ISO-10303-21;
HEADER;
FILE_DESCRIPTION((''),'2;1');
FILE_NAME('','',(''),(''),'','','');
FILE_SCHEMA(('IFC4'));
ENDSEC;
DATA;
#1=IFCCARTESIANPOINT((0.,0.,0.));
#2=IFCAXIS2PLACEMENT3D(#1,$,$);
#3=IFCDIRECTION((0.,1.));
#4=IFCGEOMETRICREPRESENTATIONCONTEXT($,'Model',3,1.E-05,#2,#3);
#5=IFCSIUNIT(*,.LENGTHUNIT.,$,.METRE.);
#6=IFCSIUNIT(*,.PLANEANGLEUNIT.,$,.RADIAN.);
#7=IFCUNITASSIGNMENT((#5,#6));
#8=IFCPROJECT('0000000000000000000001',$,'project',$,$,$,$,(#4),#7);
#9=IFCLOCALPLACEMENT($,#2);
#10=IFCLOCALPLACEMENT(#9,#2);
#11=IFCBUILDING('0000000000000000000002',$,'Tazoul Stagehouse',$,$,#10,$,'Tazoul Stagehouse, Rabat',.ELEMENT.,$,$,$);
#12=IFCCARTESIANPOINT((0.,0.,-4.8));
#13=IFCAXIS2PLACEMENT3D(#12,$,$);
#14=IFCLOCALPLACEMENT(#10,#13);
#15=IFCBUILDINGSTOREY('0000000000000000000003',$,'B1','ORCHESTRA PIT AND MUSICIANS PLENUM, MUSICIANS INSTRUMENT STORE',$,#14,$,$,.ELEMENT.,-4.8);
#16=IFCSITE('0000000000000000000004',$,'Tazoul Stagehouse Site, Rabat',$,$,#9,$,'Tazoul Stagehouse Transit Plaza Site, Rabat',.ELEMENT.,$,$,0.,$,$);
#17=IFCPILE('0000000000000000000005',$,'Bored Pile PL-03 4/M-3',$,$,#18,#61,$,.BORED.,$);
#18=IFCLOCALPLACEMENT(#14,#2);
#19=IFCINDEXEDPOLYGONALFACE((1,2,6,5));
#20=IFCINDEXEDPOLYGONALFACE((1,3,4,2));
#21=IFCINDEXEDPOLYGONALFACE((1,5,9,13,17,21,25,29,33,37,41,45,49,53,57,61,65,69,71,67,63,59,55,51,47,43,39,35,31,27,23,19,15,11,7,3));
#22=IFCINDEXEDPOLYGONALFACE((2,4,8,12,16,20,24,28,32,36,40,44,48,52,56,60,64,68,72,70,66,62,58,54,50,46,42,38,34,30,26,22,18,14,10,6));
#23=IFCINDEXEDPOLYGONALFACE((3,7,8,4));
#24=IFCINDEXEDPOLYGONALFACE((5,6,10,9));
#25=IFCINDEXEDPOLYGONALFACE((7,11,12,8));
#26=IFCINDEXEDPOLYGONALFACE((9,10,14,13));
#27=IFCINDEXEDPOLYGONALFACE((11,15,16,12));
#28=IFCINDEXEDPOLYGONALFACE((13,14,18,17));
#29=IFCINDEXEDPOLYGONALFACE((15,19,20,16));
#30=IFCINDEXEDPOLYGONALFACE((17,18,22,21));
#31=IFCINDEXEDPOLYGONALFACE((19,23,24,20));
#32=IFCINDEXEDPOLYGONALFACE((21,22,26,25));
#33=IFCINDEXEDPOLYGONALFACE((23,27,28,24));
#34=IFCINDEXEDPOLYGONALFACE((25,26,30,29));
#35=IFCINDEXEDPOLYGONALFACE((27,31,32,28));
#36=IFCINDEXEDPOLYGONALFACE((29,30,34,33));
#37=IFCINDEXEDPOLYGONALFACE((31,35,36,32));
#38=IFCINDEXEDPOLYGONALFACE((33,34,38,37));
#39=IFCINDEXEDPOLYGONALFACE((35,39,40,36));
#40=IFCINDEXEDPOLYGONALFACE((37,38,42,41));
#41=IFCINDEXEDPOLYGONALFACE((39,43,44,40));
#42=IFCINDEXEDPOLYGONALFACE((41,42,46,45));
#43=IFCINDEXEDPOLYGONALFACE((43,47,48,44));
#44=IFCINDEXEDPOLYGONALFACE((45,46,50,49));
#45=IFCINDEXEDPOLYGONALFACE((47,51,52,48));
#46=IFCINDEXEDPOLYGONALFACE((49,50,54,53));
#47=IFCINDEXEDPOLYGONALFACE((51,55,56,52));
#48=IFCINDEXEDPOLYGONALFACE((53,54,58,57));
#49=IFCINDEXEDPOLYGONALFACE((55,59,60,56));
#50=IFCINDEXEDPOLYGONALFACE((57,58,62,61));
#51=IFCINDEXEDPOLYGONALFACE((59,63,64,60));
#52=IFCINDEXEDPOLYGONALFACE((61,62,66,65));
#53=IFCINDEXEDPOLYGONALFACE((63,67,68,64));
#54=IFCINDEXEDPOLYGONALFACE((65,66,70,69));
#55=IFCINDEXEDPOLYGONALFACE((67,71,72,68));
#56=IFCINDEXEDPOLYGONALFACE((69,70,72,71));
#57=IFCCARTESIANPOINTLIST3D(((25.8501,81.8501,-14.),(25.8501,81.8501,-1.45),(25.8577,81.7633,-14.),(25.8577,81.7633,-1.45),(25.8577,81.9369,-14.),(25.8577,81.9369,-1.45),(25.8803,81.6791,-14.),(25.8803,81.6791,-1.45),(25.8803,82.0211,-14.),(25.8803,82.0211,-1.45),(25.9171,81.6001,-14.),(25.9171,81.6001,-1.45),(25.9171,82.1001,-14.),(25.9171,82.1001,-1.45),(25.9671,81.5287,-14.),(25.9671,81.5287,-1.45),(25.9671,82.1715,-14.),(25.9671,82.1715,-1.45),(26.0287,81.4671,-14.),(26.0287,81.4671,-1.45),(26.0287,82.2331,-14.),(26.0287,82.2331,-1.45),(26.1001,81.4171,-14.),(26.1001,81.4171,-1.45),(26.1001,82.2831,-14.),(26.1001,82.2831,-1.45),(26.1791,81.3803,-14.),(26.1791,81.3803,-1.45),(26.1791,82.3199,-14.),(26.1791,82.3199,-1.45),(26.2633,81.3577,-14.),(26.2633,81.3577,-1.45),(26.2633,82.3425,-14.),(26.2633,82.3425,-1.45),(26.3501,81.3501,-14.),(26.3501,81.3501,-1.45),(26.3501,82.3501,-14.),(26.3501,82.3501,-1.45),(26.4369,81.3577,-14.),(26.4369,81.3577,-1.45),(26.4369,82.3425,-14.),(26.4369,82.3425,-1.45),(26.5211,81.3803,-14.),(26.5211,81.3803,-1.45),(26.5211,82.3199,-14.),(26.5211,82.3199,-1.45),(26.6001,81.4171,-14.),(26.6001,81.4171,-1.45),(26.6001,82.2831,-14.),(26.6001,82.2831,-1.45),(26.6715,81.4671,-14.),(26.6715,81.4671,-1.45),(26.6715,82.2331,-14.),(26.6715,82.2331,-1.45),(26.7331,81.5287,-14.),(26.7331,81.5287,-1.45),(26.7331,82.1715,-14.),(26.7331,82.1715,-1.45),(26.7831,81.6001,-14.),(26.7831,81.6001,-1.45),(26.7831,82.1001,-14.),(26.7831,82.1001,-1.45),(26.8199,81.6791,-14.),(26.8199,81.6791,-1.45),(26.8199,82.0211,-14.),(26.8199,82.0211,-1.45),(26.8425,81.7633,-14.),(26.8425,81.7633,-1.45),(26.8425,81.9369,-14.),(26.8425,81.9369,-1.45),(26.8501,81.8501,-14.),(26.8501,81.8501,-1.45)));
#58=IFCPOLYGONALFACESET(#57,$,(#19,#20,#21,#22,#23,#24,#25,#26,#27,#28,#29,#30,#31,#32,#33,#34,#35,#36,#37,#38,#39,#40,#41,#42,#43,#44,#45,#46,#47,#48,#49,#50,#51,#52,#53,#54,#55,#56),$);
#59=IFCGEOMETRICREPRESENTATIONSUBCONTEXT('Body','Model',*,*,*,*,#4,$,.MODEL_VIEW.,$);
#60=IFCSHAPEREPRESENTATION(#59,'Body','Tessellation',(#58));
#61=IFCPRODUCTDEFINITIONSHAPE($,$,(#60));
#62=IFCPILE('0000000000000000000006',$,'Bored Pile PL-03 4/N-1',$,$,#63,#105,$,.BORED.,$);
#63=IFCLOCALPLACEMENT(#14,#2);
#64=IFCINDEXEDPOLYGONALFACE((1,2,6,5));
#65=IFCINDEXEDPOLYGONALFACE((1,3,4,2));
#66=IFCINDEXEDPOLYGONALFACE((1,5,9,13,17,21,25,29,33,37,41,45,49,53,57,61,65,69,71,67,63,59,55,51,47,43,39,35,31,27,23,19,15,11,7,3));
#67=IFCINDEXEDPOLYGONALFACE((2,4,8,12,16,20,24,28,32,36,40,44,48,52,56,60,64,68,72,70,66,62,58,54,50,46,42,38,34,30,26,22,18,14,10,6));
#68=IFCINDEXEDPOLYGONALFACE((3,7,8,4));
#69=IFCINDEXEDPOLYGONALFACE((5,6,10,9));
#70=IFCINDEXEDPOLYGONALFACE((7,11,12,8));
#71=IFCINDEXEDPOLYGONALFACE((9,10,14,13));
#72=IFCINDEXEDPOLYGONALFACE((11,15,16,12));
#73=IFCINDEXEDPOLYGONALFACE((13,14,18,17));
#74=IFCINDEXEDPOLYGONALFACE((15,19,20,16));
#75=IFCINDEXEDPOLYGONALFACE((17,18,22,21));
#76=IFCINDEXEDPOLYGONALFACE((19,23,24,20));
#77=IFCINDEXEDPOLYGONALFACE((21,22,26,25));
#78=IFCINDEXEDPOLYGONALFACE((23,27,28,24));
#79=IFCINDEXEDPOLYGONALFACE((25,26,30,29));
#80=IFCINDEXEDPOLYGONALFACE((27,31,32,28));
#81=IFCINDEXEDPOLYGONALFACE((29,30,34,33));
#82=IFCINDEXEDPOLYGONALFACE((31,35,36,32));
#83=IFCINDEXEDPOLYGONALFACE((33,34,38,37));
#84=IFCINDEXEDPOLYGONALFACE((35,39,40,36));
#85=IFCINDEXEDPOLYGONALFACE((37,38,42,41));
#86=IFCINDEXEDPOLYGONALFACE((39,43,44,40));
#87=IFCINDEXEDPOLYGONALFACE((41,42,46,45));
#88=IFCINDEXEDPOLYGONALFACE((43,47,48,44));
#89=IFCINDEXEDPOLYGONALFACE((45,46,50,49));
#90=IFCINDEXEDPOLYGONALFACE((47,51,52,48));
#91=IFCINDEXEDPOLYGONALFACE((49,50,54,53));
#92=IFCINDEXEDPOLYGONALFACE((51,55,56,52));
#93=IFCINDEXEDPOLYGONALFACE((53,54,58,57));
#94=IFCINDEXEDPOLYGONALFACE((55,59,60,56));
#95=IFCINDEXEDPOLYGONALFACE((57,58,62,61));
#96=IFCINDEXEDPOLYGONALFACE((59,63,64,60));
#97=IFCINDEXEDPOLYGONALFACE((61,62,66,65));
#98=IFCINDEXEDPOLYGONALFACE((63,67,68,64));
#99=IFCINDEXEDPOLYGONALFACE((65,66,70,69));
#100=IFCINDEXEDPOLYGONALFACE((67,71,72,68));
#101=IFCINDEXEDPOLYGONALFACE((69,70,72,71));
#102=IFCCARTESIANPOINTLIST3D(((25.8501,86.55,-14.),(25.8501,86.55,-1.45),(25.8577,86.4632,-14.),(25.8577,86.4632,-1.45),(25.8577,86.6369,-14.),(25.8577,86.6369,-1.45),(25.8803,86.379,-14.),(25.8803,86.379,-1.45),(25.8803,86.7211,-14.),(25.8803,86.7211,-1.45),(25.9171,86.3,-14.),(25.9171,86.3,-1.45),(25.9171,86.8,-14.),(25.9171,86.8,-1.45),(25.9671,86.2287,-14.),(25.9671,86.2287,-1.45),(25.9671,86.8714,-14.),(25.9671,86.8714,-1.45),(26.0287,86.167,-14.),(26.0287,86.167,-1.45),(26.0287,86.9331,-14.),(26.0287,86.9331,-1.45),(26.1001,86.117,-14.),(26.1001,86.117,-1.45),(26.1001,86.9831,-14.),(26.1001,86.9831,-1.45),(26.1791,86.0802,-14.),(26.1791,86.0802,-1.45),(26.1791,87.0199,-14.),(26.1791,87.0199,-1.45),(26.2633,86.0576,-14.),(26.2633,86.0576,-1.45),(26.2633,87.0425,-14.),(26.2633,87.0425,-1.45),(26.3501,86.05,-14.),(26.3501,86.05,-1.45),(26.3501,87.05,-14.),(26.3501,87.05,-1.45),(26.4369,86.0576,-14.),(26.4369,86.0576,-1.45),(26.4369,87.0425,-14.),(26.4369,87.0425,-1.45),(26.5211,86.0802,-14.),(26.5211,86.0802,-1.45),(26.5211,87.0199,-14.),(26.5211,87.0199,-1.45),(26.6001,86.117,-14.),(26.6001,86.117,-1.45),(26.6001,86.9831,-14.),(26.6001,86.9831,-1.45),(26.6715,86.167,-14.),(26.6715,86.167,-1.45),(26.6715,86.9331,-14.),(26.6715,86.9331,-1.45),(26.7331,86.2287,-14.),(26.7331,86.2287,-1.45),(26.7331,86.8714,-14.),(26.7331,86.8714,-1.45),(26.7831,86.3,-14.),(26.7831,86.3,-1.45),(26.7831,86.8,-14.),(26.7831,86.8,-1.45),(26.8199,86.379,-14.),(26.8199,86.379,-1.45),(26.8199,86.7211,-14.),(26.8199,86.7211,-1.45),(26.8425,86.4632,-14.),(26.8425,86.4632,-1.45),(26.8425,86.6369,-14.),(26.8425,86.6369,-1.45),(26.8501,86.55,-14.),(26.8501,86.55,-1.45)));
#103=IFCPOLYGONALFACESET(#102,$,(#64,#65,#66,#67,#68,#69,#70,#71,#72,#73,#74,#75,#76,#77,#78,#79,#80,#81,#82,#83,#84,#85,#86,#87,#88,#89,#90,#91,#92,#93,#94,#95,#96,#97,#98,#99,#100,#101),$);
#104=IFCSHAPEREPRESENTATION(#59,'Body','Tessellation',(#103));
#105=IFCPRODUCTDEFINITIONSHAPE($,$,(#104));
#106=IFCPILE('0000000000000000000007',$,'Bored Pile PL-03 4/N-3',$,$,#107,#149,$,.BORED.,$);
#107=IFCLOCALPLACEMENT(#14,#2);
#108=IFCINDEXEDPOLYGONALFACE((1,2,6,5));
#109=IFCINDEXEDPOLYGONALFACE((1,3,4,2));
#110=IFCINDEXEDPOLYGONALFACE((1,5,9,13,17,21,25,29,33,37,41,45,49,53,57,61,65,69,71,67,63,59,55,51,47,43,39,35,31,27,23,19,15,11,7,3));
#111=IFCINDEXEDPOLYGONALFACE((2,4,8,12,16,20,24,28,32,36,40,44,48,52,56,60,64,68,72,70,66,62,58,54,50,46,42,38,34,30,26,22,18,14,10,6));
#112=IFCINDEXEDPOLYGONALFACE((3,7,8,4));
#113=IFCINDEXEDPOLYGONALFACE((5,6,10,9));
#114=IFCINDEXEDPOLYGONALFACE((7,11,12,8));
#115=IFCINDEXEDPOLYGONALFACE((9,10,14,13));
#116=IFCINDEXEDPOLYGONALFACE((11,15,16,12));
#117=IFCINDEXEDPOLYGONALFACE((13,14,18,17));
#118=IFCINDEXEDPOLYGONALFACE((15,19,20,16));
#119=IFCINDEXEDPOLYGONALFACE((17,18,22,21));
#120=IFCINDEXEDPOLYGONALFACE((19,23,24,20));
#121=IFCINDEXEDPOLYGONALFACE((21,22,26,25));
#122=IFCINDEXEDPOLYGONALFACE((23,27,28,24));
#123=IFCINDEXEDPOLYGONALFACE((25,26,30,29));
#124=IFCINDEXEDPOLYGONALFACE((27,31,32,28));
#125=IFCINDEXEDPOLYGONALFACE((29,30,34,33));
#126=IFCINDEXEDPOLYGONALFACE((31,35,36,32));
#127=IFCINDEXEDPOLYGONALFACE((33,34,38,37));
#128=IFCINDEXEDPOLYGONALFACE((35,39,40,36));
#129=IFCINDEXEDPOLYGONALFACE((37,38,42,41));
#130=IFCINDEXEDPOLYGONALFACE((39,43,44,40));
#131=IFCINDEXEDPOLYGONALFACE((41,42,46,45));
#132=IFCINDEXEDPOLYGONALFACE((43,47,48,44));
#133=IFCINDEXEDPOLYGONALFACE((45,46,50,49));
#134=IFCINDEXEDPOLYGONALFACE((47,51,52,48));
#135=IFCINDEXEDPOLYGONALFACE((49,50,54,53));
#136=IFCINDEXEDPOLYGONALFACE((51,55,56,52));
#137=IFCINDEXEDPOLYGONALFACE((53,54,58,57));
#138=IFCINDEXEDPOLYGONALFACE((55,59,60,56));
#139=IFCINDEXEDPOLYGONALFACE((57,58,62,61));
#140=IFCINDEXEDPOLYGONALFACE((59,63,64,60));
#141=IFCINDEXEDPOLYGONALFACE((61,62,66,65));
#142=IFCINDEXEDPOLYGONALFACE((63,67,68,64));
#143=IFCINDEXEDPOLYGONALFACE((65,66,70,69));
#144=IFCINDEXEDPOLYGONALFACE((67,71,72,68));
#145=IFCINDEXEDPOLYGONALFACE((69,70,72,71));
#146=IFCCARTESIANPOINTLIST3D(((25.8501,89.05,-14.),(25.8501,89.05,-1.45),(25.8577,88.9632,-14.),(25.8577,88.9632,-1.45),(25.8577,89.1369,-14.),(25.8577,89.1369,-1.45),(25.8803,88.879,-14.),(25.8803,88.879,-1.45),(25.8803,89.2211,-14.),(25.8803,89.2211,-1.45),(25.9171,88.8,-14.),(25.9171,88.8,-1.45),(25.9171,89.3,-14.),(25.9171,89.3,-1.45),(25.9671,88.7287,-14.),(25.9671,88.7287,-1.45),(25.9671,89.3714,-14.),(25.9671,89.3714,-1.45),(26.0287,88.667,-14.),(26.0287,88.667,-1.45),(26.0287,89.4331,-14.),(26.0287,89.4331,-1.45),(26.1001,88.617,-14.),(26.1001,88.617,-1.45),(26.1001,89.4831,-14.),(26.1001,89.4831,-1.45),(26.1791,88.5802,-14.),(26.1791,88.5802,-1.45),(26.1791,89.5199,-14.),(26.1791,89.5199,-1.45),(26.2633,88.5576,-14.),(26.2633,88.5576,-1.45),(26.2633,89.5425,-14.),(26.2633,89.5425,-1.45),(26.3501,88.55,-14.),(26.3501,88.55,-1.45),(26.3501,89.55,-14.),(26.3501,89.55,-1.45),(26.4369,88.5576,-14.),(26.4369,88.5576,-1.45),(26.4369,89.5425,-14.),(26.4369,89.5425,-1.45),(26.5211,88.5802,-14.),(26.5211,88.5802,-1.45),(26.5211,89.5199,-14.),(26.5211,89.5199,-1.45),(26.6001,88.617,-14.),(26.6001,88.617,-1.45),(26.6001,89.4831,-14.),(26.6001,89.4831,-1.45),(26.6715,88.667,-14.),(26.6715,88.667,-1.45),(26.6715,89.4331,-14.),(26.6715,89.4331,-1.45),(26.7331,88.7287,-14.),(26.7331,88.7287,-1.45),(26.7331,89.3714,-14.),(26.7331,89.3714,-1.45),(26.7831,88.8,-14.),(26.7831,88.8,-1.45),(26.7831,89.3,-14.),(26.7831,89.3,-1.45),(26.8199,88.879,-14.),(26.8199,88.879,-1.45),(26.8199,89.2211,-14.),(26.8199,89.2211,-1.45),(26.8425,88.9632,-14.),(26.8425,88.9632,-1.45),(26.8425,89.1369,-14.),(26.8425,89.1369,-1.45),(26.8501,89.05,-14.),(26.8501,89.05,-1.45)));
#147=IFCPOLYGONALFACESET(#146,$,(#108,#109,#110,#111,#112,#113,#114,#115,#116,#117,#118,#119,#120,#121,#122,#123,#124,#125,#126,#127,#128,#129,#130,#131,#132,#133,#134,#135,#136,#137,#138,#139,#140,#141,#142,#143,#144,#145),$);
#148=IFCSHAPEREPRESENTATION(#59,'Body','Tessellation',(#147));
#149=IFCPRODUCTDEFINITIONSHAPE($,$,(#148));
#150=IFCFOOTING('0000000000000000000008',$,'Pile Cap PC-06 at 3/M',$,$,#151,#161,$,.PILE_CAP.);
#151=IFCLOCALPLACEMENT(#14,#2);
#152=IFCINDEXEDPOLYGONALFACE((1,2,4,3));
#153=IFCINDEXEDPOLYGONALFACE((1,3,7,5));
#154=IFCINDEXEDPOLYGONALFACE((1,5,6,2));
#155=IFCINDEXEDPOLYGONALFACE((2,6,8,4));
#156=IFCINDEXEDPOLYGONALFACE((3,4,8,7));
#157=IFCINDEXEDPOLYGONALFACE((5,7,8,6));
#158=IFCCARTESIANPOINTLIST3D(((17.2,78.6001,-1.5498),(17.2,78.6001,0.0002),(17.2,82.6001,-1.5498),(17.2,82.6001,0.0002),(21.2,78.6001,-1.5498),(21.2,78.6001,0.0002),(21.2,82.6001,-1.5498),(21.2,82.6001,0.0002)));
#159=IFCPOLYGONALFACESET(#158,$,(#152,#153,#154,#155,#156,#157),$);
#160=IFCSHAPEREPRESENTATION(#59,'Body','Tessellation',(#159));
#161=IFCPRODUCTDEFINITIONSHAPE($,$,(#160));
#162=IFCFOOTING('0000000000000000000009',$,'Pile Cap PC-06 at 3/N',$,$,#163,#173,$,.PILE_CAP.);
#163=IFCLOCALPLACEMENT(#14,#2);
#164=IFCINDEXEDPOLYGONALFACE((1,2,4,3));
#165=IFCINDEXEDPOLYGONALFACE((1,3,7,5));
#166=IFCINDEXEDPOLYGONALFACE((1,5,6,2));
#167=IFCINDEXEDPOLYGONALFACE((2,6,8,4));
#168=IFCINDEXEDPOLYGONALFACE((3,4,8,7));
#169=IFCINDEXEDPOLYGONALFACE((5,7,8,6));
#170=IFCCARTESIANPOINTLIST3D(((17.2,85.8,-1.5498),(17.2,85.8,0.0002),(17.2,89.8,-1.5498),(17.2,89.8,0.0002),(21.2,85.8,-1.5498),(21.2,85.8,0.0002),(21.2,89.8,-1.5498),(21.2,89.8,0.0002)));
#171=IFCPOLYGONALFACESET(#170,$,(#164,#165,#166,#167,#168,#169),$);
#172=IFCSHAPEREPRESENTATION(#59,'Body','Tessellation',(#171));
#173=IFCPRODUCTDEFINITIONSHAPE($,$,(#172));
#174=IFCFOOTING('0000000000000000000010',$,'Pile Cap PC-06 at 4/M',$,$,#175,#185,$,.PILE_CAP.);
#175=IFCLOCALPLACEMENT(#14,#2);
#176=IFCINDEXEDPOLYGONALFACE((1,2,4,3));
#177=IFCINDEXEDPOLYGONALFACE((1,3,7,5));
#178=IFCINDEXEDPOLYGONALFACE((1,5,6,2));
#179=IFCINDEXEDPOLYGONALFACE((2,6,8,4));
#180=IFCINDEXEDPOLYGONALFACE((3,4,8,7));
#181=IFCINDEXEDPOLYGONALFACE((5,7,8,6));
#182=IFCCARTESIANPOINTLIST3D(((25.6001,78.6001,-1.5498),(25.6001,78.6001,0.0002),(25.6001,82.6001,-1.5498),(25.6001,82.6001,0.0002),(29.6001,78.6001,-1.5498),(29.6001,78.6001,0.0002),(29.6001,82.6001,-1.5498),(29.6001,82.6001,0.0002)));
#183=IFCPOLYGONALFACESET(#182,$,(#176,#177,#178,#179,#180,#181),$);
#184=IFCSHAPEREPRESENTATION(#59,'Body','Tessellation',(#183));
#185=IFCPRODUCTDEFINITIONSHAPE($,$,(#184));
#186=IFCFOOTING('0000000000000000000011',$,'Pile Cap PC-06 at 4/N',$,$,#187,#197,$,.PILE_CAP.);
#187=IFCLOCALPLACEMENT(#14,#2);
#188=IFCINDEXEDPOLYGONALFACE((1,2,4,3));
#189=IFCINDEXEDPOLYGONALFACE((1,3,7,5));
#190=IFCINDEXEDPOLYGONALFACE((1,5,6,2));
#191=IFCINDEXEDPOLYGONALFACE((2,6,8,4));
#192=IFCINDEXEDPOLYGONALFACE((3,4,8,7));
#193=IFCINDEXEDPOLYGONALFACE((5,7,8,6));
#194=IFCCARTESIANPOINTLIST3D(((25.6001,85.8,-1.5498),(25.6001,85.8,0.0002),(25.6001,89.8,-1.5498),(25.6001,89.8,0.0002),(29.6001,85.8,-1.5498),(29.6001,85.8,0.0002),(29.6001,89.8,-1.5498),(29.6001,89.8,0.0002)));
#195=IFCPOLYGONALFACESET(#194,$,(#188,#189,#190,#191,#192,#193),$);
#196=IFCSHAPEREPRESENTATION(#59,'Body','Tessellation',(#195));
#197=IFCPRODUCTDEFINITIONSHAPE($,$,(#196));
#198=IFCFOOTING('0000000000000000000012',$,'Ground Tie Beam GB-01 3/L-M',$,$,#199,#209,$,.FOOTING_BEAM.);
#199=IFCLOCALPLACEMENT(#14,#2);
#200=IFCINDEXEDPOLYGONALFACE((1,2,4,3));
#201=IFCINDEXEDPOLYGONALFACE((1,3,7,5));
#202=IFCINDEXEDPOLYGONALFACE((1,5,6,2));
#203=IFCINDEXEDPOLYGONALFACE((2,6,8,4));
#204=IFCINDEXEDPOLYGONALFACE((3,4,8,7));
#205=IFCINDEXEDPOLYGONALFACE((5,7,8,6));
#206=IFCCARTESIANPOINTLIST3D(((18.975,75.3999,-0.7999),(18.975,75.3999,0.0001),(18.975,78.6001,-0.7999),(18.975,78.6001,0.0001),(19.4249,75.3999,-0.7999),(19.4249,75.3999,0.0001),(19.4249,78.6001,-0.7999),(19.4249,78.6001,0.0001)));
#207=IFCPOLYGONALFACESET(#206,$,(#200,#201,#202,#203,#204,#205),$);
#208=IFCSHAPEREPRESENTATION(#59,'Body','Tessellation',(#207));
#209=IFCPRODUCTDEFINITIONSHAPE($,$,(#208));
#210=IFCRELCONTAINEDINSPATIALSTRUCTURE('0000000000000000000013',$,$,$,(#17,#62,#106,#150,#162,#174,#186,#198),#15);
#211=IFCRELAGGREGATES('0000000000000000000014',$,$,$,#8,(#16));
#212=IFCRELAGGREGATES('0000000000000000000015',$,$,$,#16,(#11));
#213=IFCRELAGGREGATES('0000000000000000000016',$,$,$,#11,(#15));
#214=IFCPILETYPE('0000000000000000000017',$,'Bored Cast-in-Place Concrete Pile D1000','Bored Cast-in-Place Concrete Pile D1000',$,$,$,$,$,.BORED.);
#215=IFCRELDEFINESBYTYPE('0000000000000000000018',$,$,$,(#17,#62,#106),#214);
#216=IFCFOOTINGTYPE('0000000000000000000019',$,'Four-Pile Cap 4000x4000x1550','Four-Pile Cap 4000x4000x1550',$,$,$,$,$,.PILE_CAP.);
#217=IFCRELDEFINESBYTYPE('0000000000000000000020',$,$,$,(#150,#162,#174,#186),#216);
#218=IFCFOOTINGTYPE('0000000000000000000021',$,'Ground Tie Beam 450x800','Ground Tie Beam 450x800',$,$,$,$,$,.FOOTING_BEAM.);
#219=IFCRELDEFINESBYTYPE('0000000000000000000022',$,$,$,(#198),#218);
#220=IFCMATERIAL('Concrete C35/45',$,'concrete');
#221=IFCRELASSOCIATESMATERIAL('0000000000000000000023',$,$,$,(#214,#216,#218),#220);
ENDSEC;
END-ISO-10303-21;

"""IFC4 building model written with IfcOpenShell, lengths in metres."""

from ifc_helpers import new_model, si_unit, direction, frame, origin, origin_2d, place, context, subcontext, project, spatial, rectangle, circle, extrude, material, material_profile, profile_set, type_object, element, save


model = new_model("IFC4")

# Units and contexts
model_context = context("Model", 3, precision=1e-05, world=origin(), true_north=direction((0.0, 1.0)))
body_context = subcontext(model_context, "Body", "Model", "MODEL_VIEW")
ifc_project = project(units=[si_unit("LENGTHUNIT", "METRE"), si_unit("PLANEANGLEUNIT", "RADIAN")], contexts=[model_context])

# Site, building, storey
site_placement = place(None, origin())
site = spatial("IfcSite", under=ifc_project, at=site_placement, Name="Tazoul Stagehouse Site, Rabat", LongName="Tazoul Stagehouse Transit Plaza Site, Rabat", CompositionType="ELEMENT", RefElevation=0.0)
building_placement = place(site_placement, origin())
building = spatial("IfcBuilding", under=site, at=building_placement, Name="Tazoul Stagehouse", LongName="Tazoul Stagehouse, Rabat", CompositionType="ELEMENT")
storey_placement = place(building_placement, frame((0.0, 0.0, -4.8)))
storey = spatial("IfcBuildingStorey", under=building, at=storey_placement, Name="B1", Description="ORCHESTRA PIT AND MUSICIANS PLENUM, MUSICIANS INSTRUMENT STORE", CompositionType="ELEMENT", Elevation=-4.8)

# Piles
ifc_material_1 = material(Name="Concrete C35/45", Category="concrete")
ifc_material_profile_1 = material_profile(ifc_material_1, circle(Radius=0.5, at=origin_2d()), Name="BORED PILE 1000")
ifc_profile_set_1 = profile_set([ifc_material_profile_1], Name="Concrete C35/45")
pile_type = type_object("IfcPileType", Name="Bored Cast-in-Place Concrete Pile D1000", Description="Bored Cast-in-Place Concrete Pile D1000", PredefinedType="BORED", material=ifc_profile_set_1)
for number, where, z_axis, x_axis, name in (
    (1, (26.3501, 81.8501, -1.45), (0.0, 0.0, -1.0), (1.0, 0.0, 0.0), "Bored Pile PL-03 4/M-3"),
    (2, (26.3501, 86.55, -1.45), (0.0, 0.0, -1.0), (1.0, 0.0, 0.0), "Bored Pile PL-03 4/N-1"),
    (3, (26.3501, 89.05, -1.45), (0.0, 0.0, -1.0), (1.0, 0.0, 0.0), "Bored Pile PL-03 4/N-3"),
):
    element("IfcPile", number, at=place(storey_placement, frame(where, z_axis=z_axis, x_axis=x_axis)), inside=storey, type_object=pile_type, Name=name, PredefinedType="BORED", context=body_context, shape_type="SweptSolid", body=[
        extrude(circle(Radius=0.5, at=origin_2d()), origin(), (0.0, 0.0, 1.0), 12.55),
    ])

# Footings
footing_type_1 = type_object("IfcFootingType", Name="Four-Pile Cap 4000x4000x1550", Description="Four-Pile Cap 4000x4000x1550", PredefinedType="PILE_CAP", material=ifc_material_1)
for number, where, z_axis, x_axis, name in (
    (4, (19.2, 80.6001, -1.5498), (0.0, 0.0, 1.0), (1.0, 0.0, 0.0), "Pile Cap PC-06 at 3/M"),
    (5, (19.2, 87.8, -1.5498), (0.0, 0.0, 1.0), (1.0, 0.0, 0.0), "Pile Cap PC-06 at 3/N"),
    (6, (27.6001, 80.6001, -1.5498), (0.0, 0.0, 1.0), (1.0, 0.0, 0.0), "Pile Cap PC-06 at 4/M"),
    (7, (27.6001, 87.8, -1.5498), (0.0, 0.0, 1.0), (1.0, 0.0, 0.0), "Pile Cap PC-06 at 4/N"),
):
    element("IfcFooting", number, at=place(storey_placement, frame(where, z_axis=z_axis, x_axis=x_axis)), inside=storey, type_object=footing_type_1, Name=name, PredefinedType="PILE_CAP", context=body_context, shape_type="SweptSolid", body=[
        extrude(rectangle(XDim=4.0, YDim=4.0, at=origin_2d()), origin(), (0.0, 0.0, 1.0), 1.55),
    ])
ifc_material_profile_2 = material_profile(ifc_material_1, rectangle(XDim=0.45, YDim=0.8, at=origin_2d()), Name="RC 450x800")
ifc_profile_set_2 = profile_set([ifc_material_profile_2], Name="Concrete C35/45")
footing_type_2 = type_object("IfcFootingType", Name="Ground Tie Beam 450x800", Description="Ground Tie Beam 450x800", PredefinedType="FOOTING_BEAM", material=ifc_profile_set_2)
footing_1_placement = place(storey_placement, frame((19.2, 75.3999, -0.3999), z_axis=(0.0, 1.0, 0.0), x_axis=(-1.0, 0.0, 0.0)))
element("IfcFooting", 8, at=footing_1_placement, inside=storey, type_object=footing_type_2, Name="Ground Tie Beam GB-01 3/L-M", PredefinedType="FOOTING_BEAM", context=body_context, shape_type="SweptSolid", body=[
    extrude(rectangle(XDim=0.45, YDim=0.8, at=origin_2d()), origin(), (0.0, 0.0, 1.0), 3.2002),
])

save(model, "model.ifc")
